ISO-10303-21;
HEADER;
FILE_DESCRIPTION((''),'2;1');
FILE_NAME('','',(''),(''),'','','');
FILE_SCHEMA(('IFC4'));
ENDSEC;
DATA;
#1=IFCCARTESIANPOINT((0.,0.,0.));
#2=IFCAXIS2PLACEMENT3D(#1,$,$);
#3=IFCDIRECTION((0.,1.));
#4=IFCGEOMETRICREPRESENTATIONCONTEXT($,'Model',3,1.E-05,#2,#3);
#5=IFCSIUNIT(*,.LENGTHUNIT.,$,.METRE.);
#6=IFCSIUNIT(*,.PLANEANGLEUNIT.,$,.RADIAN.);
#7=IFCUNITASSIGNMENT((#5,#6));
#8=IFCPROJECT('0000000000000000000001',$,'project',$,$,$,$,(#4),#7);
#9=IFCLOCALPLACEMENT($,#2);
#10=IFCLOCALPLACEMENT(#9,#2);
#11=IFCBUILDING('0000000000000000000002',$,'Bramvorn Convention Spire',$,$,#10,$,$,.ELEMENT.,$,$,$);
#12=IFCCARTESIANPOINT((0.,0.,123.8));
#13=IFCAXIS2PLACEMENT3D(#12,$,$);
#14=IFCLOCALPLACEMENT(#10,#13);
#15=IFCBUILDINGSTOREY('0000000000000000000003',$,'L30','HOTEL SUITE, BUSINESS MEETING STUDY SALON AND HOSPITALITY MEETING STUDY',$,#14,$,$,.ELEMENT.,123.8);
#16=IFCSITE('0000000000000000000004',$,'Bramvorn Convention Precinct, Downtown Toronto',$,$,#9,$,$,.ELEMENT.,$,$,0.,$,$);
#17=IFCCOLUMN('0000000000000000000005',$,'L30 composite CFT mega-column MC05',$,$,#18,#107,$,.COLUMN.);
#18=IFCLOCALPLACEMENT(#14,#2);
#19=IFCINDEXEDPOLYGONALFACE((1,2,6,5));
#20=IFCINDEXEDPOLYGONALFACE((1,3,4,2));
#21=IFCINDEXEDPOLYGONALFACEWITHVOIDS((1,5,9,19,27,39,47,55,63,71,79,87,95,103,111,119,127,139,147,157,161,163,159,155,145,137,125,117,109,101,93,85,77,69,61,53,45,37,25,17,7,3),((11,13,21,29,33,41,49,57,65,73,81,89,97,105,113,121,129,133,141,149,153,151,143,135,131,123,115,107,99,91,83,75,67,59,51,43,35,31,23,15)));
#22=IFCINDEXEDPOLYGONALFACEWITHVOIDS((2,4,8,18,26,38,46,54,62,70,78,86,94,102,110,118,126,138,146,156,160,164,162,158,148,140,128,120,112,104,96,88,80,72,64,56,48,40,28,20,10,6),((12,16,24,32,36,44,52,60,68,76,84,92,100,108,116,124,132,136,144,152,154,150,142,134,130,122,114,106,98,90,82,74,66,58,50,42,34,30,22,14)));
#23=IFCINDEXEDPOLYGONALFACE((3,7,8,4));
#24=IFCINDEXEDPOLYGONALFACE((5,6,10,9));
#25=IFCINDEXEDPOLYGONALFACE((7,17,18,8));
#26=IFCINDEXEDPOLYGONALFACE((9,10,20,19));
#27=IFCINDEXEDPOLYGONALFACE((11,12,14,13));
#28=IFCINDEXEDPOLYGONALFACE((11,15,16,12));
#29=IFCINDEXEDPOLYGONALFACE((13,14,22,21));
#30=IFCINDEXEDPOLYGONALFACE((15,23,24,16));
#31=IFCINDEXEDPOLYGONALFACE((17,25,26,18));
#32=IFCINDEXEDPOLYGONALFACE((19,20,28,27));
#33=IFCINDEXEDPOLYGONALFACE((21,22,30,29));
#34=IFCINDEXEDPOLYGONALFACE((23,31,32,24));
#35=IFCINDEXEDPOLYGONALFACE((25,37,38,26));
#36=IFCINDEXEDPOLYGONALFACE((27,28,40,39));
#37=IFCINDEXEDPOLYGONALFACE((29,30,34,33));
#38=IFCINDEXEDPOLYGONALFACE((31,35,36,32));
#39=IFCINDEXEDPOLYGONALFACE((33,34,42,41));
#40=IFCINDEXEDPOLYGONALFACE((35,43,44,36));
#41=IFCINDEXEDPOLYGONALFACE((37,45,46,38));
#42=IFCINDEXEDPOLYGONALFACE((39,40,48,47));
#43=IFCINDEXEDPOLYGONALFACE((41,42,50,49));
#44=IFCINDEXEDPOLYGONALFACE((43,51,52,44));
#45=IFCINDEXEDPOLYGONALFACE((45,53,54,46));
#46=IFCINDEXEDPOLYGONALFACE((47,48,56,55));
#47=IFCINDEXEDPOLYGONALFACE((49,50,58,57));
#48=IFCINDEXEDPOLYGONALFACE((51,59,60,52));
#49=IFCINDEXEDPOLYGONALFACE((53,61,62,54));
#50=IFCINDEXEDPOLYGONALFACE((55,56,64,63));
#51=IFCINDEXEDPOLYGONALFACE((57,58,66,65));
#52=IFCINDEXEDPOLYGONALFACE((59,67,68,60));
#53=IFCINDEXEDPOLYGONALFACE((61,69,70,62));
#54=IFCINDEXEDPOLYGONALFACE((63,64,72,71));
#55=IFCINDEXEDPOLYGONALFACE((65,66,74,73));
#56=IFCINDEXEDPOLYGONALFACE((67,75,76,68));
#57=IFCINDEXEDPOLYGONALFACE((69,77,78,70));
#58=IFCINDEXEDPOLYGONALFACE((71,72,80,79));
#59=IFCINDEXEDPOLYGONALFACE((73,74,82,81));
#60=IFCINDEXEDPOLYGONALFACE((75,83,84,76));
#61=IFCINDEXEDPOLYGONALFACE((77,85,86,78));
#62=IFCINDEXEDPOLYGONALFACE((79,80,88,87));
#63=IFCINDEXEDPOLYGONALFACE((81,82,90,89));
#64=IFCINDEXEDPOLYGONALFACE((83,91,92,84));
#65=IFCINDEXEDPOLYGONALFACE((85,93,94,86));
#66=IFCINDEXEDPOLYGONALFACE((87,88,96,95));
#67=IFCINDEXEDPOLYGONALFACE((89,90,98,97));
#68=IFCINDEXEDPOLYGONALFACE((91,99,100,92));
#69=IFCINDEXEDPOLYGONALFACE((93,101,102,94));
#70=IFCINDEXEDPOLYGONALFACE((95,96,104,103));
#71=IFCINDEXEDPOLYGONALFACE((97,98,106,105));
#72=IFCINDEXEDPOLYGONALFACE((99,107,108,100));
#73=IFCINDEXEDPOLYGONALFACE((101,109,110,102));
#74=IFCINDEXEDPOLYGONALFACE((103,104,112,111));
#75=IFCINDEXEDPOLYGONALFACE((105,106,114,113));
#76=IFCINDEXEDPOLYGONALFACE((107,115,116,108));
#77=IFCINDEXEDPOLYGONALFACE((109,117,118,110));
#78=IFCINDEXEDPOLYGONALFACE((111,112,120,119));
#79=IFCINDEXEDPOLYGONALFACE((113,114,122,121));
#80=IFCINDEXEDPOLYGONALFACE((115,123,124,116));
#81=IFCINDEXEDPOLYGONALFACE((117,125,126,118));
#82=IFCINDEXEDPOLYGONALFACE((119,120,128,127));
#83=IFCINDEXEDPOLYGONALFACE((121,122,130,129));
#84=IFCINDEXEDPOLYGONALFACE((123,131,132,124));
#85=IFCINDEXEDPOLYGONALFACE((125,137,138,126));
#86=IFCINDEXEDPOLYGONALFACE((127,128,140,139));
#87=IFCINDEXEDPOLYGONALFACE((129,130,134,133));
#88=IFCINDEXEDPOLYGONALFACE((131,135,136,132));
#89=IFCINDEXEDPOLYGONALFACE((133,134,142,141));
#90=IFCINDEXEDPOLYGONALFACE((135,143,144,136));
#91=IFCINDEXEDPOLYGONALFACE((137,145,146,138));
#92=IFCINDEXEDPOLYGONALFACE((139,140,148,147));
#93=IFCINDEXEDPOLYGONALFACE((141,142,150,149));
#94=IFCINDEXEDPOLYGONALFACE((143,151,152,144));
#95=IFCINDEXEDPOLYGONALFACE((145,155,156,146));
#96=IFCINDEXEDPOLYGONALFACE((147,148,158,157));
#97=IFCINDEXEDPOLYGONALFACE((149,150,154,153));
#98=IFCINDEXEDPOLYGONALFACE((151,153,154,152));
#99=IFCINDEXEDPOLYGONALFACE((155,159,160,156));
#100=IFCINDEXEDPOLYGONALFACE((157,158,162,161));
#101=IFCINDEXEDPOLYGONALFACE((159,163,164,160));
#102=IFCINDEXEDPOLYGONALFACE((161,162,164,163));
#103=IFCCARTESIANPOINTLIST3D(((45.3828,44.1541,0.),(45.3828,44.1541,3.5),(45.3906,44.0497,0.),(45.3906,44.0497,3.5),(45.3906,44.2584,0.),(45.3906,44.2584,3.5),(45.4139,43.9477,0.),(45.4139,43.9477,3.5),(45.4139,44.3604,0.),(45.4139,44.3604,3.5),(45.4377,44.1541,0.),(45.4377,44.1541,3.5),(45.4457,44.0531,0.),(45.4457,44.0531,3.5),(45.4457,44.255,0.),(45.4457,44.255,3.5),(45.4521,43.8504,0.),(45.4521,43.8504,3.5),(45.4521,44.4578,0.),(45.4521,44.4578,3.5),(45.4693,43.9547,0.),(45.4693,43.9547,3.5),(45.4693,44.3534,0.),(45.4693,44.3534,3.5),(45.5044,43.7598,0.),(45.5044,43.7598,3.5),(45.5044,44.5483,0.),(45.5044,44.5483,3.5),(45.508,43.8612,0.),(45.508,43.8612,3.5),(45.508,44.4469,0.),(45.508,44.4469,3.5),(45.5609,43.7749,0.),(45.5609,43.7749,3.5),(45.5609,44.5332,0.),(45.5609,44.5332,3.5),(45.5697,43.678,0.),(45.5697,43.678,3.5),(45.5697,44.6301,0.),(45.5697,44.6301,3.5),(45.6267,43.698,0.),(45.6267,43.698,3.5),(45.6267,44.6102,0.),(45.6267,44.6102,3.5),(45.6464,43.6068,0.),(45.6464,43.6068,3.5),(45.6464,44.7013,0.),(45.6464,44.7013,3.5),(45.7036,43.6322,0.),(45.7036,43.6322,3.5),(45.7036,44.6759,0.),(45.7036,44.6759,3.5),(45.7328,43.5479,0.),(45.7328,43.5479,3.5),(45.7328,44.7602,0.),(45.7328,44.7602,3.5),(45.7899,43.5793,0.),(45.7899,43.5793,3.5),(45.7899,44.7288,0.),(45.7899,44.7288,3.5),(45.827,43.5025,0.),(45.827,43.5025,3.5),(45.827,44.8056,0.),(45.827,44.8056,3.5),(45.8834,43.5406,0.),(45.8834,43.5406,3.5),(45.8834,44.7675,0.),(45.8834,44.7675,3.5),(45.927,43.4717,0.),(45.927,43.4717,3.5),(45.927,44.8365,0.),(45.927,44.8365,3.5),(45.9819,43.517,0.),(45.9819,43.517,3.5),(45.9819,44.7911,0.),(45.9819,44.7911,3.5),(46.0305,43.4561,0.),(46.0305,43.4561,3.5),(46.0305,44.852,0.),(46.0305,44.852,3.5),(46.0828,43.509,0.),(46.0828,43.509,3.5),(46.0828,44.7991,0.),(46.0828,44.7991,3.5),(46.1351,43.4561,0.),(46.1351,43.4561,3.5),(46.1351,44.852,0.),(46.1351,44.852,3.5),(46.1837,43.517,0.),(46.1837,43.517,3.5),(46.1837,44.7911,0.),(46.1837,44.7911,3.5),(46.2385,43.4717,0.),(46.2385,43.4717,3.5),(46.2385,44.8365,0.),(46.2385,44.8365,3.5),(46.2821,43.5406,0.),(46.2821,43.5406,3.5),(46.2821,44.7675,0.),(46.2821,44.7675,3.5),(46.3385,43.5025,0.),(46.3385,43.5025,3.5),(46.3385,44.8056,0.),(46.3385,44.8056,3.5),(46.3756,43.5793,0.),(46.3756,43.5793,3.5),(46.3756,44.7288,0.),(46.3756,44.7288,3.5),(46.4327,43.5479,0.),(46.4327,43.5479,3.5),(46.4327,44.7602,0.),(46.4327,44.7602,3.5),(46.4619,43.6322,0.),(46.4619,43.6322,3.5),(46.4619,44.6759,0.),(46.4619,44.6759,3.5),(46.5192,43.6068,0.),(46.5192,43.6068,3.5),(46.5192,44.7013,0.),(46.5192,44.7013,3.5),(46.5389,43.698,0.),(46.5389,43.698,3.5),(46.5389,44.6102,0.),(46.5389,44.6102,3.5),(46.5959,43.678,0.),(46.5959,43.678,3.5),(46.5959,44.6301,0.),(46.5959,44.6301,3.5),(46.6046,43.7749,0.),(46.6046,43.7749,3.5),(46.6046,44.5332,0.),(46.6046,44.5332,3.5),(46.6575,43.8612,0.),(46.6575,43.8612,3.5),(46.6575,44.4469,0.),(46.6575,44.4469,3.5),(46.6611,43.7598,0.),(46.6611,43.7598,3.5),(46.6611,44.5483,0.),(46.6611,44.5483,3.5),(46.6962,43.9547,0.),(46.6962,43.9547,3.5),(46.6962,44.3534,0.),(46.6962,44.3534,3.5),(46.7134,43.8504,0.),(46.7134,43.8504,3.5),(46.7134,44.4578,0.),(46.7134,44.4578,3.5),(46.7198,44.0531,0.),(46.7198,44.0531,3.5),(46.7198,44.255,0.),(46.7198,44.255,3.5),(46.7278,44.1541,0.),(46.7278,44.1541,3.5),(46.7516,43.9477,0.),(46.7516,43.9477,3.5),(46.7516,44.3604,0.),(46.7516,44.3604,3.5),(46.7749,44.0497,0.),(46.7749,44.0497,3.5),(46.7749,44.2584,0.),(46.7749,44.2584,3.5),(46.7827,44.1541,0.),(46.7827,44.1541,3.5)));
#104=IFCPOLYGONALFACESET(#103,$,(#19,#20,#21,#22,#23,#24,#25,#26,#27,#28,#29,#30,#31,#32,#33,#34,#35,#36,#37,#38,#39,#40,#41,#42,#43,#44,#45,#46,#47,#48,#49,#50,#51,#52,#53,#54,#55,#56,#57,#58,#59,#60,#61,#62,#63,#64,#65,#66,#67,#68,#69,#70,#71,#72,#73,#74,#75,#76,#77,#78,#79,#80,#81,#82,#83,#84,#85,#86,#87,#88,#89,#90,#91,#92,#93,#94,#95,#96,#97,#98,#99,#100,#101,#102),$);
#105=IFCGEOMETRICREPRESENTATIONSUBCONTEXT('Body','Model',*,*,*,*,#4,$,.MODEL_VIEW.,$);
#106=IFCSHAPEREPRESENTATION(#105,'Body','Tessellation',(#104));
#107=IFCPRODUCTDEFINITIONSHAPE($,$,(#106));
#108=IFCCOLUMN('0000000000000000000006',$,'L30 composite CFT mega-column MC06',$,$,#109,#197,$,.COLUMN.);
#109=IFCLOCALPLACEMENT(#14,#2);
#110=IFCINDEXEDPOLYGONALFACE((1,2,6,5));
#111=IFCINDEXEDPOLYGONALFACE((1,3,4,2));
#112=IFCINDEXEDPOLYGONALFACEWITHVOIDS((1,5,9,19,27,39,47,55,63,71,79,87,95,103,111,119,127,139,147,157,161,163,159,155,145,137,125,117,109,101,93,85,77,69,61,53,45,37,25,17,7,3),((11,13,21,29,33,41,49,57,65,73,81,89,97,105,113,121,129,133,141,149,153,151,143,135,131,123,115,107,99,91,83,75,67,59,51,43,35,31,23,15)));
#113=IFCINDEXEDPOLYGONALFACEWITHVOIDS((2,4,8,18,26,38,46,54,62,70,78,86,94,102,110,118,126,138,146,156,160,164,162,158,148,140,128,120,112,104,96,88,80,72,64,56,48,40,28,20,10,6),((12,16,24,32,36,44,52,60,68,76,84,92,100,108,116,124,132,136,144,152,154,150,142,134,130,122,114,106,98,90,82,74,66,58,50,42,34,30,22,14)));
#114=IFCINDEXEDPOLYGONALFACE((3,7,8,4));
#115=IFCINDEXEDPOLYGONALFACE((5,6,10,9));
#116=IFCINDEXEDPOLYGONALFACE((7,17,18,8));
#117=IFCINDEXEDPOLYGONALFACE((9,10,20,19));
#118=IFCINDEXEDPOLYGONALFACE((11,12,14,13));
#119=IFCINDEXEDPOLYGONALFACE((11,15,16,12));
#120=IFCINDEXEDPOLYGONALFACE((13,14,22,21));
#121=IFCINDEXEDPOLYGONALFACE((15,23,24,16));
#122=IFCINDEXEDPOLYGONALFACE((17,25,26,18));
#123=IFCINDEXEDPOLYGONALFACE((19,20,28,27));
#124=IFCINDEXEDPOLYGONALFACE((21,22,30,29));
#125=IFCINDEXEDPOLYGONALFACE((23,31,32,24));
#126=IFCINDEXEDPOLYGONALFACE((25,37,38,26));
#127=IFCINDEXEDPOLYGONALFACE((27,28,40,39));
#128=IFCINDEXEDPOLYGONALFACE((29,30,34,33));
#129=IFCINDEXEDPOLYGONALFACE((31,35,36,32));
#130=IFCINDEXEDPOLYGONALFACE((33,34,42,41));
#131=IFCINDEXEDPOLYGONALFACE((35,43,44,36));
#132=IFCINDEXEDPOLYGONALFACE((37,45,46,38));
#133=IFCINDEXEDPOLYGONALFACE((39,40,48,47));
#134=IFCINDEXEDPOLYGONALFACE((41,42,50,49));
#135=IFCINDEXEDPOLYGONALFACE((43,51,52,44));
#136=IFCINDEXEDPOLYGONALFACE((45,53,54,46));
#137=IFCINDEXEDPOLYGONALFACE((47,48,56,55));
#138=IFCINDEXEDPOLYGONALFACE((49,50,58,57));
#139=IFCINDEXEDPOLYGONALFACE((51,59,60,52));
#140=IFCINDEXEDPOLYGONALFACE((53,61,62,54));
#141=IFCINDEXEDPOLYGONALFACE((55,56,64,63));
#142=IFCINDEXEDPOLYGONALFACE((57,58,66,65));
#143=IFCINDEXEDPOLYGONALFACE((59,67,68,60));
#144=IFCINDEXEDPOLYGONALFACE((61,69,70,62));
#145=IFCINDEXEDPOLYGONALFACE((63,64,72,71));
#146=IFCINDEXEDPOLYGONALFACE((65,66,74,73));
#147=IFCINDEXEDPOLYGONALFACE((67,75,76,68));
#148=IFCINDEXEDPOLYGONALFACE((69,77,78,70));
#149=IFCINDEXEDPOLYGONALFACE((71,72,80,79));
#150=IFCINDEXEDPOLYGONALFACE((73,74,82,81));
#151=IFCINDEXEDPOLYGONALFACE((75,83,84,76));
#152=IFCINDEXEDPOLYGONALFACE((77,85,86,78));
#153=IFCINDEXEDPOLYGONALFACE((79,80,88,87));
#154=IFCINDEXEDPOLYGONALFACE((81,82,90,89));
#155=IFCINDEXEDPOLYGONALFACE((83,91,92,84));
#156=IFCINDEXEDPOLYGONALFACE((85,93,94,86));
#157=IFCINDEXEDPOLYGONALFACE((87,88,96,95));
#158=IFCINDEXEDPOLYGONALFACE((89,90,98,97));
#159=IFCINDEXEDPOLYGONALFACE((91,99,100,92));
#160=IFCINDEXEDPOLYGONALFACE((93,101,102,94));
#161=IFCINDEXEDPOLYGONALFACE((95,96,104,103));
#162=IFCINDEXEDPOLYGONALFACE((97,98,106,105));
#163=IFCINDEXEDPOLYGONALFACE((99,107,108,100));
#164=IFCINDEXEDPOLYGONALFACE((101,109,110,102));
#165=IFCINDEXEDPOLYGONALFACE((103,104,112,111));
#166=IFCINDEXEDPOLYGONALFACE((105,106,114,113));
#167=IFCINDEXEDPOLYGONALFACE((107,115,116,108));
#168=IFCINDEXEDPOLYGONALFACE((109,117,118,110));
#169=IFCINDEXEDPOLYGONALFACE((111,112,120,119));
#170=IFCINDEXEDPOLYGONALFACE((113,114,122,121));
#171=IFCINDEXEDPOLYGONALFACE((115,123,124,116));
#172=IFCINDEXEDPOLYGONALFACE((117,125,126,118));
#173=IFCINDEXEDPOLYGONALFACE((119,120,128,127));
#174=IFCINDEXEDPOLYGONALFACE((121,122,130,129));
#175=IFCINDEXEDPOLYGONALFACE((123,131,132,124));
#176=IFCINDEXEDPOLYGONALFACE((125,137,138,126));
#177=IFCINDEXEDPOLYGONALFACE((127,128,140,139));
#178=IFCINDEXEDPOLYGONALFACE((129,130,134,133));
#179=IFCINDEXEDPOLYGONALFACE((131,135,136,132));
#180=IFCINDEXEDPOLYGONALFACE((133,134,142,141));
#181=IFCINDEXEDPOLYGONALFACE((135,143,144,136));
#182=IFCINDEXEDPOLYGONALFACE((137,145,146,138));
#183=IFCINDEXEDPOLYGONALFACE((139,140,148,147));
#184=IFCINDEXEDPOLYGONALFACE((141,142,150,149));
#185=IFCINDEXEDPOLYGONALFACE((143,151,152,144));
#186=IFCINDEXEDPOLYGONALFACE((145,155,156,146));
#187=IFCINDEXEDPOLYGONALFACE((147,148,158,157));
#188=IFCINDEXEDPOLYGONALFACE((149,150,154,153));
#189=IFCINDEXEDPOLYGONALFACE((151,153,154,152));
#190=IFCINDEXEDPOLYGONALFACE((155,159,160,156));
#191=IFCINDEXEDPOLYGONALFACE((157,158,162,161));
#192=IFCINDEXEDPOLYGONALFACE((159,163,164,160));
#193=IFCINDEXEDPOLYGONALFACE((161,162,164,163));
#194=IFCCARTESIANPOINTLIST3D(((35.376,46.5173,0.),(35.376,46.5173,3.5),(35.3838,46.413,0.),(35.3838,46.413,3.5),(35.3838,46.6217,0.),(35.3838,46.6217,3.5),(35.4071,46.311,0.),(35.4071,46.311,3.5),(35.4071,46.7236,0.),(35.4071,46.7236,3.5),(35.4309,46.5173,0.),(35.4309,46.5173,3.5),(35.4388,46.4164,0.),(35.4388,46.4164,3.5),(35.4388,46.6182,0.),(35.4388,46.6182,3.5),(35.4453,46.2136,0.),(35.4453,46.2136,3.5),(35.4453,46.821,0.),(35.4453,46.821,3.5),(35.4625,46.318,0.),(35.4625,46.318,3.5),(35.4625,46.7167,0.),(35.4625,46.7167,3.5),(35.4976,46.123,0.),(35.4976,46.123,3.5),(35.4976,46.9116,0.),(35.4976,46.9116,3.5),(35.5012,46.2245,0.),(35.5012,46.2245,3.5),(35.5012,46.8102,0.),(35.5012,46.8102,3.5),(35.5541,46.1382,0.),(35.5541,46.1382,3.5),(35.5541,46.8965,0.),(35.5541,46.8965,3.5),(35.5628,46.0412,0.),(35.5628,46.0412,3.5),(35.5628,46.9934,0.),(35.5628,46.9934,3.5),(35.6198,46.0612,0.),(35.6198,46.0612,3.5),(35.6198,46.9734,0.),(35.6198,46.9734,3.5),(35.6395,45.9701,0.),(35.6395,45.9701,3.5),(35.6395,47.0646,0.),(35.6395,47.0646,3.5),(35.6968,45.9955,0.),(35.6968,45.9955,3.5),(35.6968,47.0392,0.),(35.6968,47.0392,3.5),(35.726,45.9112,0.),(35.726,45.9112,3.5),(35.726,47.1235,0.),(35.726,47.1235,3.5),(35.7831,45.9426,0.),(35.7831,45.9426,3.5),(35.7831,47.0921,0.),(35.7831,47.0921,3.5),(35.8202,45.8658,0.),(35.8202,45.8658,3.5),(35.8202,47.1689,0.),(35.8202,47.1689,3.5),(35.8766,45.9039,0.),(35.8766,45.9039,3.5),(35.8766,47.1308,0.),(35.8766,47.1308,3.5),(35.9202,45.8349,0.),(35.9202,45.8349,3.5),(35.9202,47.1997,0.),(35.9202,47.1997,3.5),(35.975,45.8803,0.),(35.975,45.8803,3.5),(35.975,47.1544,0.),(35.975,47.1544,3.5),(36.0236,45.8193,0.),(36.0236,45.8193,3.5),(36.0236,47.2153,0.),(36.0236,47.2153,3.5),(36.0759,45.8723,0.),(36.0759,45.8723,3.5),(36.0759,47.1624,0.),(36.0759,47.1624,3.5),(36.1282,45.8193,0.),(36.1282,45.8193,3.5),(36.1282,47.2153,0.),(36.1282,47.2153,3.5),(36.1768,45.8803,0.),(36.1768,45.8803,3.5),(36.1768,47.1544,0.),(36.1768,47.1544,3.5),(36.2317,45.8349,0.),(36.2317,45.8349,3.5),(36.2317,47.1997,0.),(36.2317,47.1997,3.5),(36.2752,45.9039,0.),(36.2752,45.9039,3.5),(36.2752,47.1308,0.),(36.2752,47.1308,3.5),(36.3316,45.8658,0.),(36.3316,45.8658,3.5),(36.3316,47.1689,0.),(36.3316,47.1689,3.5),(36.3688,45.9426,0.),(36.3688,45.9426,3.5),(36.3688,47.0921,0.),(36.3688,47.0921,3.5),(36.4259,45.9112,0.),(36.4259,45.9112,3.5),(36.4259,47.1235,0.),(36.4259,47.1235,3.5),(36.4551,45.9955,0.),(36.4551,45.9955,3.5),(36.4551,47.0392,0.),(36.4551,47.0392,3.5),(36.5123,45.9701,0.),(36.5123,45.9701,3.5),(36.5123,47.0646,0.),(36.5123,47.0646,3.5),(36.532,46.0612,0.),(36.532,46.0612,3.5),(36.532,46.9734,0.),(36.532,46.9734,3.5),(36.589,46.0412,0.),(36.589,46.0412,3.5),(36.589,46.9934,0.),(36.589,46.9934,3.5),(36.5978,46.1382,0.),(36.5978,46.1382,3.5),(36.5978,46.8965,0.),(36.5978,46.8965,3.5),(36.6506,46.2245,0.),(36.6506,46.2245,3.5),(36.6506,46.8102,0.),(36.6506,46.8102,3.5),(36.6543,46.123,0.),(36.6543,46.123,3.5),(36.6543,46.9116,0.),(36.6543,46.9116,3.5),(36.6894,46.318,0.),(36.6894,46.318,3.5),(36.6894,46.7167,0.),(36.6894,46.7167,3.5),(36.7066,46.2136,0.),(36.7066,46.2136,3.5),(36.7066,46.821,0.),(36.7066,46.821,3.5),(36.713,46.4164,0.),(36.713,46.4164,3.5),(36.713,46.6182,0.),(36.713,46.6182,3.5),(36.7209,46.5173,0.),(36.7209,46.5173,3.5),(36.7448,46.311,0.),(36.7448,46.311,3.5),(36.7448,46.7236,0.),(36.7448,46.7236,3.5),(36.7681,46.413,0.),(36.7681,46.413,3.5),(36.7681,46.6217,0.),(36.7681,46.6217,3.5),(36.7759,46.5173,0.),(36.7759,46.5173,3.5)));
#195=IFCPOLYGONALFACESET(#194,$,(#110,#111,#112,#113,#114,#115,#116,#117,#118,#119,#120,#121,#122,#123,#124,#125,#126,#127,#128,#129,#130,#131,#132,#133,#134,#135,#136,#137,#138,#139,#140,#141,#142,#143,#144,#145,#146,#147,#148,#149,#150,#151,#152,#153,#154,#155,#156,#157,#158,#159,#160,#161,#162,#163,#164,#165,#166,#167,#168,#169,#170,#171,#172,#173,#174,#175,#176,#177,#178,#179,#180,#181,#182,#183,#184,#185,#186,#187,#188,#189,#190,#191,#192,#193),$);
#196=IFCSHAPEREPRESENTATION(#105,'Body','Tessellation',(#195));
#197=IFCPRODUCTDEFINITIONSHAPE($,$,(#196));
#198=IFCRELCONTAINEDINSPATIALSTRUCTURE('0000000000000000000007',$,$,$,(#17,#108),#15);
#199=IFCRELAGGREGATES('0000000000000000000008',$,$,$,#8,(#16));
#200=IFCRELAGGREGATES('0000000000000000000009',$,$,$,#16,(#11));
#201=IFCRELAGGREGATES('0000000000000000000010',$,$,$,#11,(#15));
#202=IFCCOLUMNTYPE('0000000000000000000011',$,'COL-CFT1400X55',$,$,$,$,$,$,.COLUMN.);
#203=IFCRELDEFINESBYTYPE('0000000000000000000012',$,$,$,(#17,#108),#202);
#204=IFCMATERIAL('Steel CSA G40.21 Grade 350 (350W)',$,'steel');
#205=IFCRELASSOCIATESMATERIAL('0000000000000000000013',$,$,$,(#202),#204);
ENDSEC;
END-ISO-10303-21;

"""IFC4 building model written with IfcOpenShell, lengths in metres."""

from ifc_helpers import new_model, si_unit, direction, frame, origin, origin_2d, place, context, subcontext, project, spatial, hollow_circle, extrude, material, material_profile, profile_set, type_object, element, save


model = new_model("IFC4")

# Units and contexts
model_context = context("Model", 3, precision=1e-05, world=origin(), true_north=direction((0.0, 1.0)))
body_context = subcontext(model_context, "Body", "Model", "MODEL_VIEW")
ifc_project = project(units=[si_unit("LENGTHUNIT", "METRE"), si_unit("PLANEANGLEUNIT", "RADIAN")], contexts=[model_context])

# Site, building, storey
site_placement = place(None, origin())
site = spatial("IfcSite", under=ifc_project, at=site_placement, Name="Bramvorn Convention Precinct, Downtown Toronto", CompositionType="ELEMENT", RefElevation=0.0)
building_placement = place(site_placement, origin())
building = spatial("IfcBuilding", under=site, at=building_placement, Name="Bramvorn Convention Spire", CompositionType="ELEMENT")
storey_placement = place(building_placement, frame((0.0, 0.0, 123.8)))
storey = spatial("IfcBuildingStorey", under=building, at=storey_placement, Name="L30", Description="HOTEL SUITE, BUSINESS MEETING STUDY SALON AND HOSPITALITY MEETING STUDY", CompositionType="ELEMENT", Elevation=123.8)

# Columns
ifc_material_1 = material(Name="Steel CSA G40.21 Grade 350 (350W)", Category="steel")
ifc_material_profile_1 = material_profile(ifc_material_1, hollow_circle(Radius=0.7, WallThickness=0.0549, at=origin_2d()))
ifc_profile_set_1 = profile_set([ifc_material_profile_1], Name="Steel CSA G40.21 Grade 350 (350W) - CFT1400X55")
column_type = type_object("IfcColumnType", Name="COL-CFT1400X55", PredefinedType="COLUMN", material=ifc_profile_set_1)
for number, where, z_axis, x_axis, name in (
    (1, (46.0828, 44.1541, 0.0), (0.0, 0.0, 1.0), (1.0, 0.0, 0.0), "L30 composite CFT mega-column MC05"),
    (2, (36.0759, 46.5173, 0.0), (0.0, 0.0, 1.0), (1.0, 0.0, 0.0), "L30 composite CFT mega-column MC06"),
):
    element("IfcColumn", number, at=place(storey_placement, frame(where, z_axis=z_axis, x_axis=x_axis)), inside=storey, type_object=column_type, Name=name, PredefinedType="COLUMN", context=body_context, shape_type="SweptSolid", body=[
        extrude(hollow_circle(Radius=0.7, WallThickness=0.0549, at=origin_2d()), origin(), (0.0, 0.0, 1.0), 3.5),
    ])

save(model, "model.ifc")
